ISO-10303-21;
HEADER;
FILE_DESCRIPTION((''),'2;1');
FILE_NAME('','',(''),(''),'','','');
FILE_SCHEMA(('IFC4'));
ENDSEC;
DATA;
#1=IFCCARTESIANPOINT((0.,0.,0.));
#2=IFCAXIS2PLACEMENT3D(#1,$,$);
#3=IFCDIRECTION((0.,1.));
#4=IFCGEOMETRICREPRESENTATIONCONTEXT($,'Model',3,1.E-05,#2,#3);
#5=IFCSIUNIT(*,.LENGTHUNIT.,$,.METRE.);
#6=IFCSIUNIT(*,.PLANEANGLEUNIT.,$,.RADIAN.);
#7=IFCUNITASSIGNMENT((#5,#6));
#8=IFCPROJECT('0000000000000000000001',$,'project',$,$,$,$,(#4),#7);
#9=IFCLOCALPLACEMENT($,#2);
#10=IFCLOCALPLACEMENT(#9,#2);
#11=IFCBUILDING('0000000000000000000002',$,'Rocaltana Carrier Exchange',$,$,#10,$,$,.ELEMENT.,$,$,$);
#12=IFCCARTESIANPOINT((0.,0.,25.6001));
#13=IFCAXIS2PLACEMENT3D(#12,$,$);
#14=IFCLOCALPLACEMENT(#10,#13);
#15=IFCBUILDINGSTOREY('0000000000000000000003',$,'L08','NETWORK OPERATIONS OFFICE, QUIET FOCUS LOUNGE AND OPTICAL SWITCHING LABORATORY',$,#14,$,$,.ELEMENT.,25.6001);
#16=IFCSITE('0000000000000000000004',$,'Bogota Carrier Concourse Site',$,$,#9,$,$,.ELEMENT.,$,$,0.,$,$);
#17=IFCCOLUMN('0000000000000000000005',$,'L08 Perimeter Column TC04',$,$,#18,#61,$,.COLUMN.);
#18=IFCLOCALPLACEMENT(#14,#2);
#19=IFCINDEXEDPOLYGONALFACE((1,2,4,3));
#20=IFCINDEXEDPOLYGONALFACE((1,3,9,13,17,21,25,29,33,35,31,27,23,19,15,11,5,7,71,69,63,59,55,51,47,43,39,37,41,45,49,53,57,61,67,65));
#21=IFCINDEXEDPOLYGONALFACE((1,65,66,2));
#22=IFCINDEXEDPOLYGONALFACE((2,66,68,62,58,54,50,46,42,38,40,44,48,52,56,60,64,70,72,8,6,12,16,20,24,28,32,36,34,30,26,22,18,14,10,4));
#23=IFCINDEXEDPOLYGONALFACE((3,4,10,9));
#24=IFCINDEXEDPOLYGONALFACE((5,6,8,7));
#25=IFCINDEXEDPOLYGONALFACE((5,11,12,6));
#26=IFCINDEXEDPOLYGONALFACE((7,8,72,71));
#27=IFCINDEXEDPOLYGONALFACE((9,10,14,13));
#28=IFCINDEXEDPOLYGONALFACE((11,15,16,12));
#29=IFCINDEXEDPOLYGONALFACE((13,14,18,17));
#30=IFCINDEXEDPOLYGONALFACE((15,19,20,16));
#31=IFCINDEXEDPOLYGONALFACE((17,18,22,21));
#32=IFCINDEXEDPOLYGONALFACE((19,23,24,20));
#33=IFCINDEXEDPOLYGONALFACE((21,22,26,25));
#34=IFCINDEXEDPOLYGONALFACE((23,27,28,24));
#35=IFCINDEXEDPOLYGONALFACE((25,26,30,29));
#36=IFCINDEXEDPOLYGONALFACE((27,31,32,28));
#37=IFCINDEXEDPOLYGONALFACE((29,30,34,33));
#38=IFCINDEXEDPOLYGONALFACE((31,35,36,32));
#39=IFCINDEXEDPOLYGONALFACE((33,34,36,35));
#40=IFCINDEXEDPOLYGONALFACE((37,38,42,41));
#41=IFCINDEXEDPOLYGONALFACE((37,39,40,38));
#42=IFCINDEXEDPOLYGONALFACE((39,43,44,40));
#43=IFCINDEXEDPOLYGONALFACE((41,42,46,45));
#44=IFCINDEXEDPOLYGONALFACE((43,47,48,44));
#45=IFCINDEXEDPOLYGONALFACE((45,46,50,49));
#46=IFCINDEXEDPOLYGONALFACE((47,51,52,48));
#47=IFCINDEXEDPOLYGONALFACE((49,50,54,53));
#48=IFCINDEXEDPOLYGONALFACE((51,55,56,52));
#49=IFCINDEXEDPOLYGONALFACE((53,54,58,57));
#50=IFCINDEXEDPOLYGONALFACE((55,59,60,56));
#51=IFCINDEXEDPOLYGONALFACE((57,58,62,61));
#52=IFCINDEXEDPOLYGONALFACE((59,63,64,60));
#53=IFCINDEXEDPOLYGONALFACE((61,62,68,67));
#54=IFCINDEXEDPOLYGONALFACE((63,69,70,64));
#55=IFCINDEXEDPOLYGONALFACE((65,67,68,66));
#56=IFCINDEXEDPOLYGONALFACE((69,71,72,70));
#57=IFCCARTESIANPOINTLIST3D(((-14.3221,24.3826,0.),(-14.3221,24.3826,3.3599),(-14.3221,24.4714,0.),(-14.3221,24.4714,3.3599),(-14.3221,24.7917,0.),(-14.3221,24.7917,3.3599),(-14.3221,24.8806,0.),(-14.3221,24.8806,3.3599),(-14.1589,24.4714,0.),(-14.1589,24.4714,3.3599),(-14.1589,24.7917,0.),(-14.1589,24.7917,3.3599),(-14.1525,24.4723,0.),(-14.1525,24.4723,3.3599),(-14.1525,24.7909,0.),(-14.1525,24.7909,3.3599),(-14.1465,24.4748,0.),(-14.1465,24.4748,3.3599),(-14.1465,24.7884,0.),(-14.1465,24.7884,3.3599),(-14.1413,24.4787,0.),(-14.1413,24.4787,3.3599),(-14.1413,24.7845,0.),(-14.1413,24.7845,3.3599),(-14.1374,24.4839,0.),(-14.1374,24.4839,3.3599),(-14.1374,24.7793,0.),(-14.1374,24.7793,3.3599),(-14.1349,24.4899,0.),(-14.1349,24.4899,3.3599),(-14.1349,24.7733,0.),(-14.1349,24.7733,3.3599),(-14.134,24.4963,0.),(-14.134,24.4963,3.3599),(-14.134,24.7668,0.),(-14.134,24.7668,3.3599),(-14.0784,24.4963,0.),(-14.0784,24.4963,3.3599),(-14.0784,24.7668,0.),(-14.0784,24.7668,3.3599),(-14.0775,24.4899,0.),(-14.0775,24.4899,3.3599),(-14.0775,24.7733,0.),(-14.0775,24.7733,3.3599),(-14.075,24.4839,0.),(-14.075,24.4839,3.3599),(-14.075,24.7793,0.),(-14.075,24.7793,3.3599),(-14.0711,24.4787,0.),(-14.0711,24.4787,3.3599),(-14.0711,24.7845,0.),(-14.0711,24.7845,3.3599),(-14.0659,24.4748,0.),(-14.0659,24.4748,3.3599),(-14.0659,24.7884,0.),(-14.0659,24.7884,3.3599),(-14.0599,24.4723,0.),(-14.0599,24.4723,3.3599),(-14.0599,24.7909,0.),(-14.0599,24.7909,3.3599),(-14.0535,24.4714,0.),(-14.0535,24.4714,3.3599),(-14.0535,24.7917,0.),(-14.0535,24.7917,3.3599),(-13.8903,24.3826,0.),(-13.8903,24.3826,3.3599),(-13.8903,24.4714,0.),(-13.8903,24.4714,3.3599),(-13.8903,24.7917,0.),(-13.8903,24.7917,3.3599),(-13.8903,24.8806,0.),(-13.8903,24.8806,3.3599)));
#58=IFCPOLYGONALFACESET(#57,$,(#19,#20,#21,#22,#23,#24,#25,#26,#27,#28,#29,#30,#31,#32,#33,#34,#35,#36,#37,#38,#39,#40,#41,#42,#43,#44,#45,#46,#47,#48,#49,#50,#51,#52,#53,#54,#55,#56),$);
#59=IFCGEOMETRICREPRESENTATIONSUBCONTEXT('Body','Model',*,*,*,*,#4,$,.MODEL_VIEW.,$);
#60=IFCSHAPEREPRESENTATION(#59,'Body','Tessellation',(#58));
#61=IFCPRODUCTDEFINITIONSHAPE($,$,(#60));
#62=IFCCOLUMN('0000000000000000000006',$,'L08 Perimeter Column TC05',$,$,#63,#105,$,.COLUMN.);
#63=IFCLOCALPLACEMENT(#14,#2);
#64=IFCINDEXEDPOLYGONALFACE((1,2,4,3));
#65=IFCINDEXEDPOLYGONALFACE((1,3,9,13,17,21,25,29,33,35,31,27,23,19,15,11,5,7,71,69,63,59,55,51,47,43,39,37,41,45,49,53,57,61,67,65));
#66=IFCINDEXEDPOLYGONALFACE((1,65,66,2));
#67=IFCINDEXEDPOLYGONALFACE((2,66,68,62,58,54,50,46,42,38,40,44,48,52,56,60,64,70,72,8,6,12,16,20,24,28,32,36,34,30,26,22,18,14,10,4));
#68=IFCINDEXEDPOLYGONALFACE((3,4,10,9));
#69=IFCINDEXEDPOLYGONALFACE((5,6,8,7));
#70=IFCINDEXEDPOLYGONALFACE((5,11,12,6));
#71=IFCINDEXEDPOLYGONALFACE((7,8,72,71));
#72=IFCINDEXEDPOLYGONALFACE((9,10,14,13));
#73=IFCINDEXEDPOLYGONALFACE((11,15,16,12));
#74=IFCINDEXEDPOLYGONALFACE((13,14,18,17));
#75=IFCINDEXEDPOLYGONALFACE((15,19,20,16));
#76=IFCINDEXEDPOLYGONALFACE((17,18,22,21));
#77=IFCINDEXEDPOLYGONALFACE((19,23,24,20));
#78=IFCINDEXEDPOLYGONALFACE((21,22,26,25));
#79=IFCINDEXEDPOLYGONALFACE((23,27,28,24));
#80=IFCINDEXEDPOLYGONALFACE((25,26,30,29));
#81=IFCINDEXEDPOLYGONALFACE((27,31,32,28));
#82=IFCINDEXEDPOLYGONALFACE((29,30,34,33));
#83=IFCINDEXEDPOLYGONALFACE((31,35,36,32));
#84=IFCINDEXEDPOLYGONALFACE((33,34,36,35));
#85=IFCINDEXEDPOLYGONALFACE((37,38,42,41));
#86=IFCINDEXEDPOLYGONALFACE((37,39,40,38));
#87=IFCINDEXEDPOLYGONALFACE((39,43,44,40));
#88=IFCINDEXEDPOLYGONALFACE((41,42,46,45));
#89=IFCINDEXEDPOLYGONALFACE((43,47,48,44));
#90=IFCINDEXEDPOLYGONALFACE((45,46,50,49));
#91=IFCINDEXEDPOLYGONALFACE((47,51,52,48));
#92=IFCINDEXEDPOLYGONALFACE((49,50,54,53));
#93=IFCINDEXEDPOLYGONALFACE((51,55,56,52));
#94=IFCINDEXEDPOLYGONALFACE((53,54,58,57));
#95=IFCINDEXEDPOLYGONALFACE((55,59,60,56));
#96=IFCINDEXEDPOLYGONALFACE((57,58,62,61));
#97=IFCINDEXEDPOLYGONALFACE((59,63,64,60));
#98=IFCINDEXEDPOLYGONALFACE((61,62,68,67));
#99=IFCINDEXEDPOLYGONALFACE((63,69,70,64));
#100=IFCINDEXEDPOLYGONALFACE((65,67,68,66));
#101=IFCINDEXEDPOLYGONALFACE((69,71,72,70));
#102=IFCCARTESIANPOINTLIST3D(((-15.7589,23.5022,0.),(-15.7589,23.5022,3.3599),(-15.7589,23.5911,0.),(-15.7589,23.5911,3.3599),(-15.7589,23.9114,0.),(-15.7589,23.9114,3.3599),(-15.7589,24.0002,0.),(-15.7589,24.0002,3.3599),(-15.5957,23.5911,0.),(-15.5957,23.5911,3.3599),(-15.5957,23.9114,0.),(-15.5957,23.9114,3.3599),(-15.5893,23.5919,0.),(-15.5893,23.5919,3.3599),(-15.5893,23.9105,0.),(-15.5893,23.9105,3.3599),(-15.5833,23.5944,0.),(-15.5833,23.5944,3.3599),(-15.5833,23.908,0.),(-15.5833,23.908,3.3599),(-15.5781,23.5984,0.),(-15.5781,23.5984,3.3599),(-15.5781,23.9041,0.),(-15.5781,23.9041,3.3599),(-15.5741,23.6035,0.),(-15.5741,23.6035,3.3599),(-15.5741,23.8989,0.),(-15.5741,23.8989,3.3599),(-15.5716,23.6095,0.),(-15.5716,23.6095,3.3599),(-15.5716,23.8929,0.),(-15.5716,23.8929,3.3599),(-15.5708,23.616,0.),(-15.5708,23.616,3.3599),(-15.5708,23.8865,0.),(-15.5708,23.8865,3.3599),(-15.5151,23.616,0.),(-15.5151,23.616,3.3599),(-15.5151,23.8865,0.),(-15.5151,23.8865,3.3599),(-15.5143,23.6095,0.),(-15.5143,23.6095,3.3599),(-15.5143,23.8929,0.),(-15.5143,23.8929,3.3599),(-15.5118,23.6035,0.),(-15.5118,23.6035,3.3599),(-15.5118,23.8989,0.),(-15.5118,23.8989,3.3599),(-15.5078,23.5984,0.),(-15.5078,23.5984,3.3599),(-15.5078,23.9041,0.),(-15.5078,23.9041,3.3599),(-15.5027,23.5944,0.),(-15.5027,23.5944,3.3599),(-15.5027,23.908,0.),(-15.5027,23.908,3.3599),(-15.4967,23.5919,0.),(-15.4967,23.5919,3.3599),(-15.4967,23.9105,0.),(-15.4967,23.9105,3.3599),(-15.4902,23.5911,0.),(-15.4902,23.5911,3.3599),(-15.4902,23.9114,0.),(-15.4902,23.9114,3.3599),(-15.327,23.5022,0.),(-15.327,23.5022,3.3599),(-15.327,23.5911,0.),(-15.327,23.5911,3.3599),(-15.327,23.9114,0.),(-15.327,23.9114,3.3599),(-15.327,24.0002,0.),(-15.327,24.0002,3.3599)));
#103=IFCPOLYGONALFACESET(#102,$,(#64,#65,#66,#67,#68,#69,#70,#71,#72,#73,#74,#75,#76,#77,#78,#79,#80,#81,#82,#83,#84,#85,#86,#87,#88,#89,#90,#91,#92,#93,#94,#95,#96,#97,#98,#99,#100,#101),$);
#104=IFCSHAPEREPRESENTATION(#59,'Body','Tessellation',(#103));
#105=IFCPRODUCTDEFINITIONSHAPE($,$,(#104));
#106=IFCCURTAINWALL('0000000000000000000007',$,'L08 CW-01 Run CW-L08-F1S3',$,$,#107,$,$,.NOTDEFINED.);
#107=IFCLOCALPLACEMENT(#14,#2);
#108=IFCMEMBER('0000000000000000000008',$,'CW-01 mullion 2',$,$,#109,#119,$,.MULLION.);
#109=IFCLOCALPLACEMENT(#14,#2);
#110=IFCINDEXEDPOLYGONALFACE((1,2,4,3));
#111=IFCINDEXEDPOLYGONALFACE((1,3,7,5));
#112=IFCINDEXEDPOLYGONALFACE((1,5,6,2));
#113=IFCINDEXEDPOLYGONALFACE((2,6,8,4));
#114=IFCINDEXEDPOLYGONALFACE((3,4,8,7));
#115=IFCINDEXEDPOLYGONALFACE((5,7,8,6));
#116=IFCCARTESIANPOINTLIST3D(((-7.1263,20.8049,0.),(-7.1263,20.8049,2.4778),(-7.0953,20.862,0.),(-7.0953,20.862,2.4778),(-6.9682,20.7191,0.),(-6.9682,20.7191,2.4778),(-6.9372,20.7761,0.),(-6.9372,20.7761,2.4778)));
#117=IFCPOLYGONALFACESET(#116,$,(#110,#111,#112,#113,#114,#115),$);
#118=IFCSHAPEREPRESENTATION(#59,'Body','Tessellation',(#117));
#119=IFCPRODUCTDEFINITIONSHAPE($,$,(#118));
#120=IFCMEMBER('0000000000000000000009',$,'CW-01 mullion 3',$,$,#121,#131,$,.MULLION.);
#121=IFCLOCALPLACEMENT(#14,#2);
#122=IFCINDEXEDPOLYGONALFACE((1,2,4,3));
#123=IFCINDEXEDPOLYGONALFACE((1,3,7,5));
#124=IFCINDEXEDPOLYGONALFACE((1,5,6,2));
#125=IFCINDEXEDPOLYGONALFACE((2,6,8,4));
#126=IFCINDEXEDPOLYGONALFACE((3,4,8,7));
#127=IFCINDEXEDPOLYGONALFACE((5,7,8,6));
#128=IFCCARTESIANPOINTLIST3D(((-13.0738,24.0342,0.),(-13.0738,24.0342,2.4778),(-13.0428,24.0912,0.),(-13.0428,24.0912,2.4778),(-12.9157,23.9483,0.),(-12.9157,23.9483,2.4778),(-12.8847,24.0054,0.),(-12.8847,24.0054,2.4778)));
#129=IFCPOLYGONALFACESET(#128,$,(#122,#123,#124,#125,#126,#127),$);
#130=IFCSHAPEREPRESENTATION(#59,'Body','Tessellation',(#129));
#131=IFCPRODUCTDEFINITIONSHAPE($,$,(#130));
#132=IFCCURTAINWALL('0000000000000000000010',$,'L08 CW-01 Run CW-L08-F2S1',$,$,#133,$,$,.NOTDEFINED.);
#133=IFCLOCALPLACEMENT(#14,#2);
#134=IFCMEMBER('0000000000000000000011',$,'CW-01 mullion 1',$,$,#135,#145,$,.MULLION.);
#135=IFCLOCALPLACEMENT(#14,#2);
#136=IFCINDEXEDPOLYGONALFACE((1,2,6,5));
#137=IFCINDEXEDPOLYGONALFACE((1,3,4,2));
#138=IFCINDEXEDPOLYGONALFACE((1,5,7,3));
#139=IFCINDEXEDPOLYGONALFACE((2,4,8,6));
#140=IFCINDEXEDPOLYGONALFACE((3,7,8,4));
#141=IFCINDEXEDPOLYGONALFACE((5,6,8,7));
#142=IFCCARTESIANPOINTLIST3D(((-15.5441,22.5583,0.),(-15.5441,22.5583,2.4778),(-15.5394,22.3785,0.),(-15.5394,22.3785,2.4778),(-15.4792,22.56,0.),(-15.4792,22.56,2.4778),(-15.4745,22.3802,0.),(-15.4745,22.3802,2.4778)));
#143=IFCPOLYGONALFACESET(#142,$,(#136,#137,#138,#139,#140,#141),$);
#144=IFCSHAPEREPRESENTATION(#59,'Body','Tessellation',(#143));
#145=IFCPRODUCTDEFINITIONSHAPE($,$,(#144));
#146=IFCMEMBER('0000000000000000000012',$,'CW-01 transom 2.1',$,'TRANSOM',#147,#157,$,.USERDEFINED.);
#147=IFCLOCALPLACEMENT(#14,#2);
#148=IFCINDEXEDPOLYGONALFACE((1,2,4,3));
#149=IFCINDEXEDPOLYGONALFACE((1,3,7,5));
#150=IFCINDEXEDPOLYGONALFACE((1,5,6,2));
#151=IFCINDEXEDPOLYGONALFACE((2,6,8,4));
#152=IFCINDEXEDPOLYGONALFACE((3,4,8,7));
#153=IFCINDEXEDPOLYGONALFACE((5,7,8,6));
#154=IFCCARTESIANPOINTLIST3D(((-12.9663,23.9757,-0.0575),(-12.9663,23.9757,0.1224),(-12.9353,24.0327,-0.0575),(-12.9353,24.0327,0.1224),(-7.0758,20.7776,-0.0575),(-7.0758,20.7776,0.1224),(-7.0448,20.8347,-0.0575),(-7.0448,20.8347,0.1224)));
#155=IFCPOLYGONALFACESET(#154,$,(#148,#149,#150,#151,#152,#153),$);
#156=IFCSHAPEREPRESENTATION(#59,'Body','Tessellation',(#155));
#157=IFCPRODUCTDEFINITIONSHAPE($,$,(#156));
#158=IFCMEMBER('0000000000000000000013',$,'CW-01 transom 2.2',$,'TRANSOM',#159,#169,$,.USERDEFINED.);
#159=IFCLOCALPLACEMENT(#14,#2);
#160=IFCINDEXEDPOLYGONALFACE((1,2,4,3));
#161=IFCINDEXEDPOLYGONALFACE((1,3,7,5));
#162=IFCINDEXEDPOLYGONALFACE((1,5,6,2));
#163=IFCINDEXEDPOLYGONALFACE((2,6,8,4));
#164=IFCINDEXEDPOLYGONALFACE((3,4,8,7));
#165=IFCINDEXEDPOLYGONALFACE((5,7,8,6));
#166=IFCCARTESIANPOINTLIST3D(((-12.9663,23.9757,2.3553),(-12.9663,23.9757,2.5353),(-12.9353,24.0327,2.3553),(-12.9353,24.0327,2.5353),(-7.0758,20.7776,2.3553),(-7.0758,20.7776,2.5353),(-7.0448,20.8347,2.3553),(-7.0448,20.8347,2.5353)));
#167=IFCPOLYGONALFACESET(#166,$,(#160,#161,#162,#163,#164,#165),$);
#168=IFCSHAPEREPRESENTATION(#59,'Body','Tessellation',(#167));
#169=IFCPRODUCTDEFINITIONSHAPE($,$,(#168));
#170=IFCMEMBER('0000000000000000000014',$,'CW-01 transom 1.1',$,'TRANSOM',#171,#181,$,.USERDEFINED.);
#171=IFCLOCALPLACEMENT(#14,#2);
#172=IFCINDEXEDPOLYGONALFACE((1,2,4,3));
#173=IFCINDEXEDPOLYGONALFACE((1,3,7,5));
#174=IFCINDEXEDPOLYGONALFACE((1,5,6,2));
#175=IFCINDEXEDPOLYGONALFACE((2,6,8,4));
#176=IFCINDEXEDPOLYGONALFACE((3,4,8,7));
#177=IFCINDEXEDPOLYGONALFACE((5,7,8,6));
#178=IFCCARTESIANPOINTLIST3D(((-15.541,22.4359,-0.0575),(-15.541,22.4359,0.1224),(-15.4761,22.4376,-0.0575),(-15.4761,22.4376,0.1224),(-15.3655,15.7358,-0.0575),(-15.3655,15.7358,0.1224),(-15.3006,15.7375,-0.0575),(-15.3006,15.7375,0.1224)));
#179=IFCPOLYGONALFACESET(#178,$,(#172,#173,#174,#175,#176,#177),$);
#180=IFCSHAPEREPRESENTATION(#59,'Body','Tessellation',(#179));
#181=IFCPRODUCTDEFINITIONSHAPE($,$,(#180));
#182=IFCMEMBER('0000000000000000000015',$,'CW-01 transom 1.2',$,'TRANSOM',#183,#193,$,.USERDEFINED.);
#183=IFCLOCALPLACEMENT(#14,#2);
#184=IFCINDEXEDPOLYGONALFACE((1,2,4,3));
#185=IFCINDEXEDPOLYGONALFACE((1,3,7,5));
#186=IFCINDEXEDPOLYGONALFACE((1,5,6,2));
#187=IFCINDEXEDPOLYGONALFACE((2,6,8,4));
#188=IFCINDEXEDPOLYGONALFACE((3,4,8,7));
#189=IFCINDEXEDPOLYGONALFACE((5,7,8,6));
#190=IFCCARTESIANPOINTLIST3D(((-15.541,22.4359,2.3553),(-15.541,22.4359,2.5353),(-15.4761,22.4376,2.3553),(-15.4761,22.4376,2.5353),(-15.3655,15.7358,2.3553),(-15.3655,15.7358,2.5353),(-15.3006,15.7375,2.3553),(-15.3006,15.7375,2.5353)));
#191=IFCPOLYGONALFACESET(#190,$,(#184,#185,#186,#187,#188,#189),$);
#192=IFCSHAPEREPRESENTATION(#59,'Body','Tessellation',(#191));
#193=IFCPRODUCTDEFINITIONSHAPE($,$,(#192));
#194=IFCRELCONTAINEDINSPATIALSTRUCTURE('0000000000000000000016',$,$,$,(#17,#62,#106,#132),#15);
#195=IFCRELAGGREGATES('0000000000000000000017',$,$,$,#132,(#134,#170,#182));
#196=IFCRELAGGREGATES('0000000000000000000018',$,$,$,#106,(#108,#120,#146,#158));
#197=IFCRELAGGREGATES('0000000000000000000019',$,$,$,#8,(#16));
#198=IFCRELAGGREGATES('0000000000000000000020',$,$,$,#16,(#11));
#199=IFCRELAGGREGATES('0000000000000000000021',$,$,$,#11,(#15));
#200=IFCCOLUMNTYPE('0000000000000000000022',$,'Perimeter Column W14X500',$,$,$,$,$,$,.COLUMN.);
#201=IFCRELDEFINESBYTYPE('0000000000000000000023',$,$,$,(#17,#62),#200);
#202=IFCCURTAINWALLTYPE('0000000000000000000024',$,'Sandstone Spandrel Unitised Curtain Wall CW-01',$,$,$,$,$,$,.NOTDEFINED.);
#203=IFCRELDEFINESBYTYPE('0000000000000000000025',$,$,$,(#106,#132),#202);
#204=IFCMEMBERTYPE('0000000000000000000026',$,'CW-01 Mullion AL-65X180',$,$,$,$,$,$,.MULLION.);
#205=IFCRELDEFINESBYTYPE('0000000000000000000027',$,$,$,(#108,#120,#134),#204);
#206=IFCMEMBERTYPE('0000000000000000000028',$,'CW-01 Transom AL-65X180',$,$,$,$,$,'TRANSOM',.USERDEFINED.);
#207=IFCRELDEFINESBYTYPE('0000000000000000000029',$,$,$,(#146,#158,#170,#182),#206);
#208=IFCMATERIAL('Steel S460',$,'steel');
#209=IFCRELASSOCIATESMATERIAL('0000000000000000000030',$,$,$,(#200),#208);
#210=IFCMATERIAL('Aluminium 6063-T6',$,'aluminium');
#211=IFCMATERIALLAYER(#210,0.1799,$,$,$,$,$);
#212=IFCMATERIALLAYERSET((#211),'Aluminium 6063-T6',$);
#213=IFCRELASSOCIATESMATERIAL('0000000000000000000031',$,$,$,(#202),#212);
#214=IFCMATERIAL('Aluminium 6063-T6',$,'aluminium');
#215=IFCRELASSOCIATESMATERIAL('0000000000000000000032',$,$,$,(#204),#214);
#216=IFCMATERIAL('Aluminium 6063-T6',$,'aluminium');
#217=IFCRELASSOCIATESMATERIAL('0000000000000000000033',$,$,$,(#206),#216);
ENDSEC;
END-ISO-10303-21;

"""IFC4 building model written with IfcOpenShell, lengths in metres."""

from ifc_helpers import new_model, si_unit, direction, frame, origin, origin_2d, place, context, subcontext, project, spatial, rectangle, i_section, extrude, material, layer, layer_set, material_profile, profile_set, type_object, element, aggregate, save


model = new_model("IFC4")

# Units and contexts
model_context = context("Model", 3, precision=1e-05, world=origin(), true_north=direction((0.0, 1.0)))
body_context = subcontext(model_context, "Body", "Model", "MODEL_VIEW")
ifc_project = project(units=[si_unit("LENGTHUNIT", "METRE"), si_unit("PLANEANGLEUNIT", "RADIAN")], contexts=[model_context])

# Site, building, storey
site_placement = place(None, origin())
site = spatial("IfcSite", under=ifc_project, at=site_placement, Name="Bogota Carrier Concourse Site", CompositionType="ELEMENT", RefElevation=0.0)
building_placement = place(site_placement, origin())
building = spatial("IfcBuilding", under=site, at=building_placement, Name="Rocaltana Carrier Exchange", CompositionType="ELEMENT")
storey_placement = place(building_placement, frame((0.0, 0.0, 25.6001)))
storey = spatial("IfcBuildingStorey", under=building, at=storey_placement, Name="L08", Description="NETWORK OPERATIONS OFFICE, QUIET FOCUS LOUNGE AND OPTICAL SWITCHING LABORATORY", CompositionType="ELEMENT", Elevation=25.6001)

# Columns
ifc_material_1 = material(Name="Steel S460", Category="steel")
ifc_material_profile_1 = material_profile(ifc_material_1, i_section(OverallWidth=0.4319, OverallDepth=0.498, WebThickness=0.0557, FlangeThickness=0.0889, FilletRadius=0.0249, at=origin_2d()), Name="W14X500")
ifc_profile_set_1 = profile_set([ifc_material_profile_1], Name="Steel S460")
column_type = type_object("IfcColumnType", Name="Perimeter Column W14X500", PredefinedType="COLUMN", material=ifc_profile_set_1)
for number, where, z_axis, x_axis, name in (
    (1, (-14.1062, 24.6316, 0.0), (0.0, 0.0, 1.0), (1.0, 0.0, 0.0), "L08 Perimeter Column TC04"),
    (2, (-15.543, 23.7512, 0.0), (0.0, 0.0, 1.0), (1.0, 0.0, 0.0), "L08 Perimeter Column TC05"),
):
    element("IfcColumn", number, at=place(storey_placement, frame(where, z_axis=z_axis, x_axis=x_axis)), inside=storey, type_object=column_type, Name=name, PredefinedType="COLUMN", context=body_context, shape_type="SweptSolid", body=[
        extrude(i_section(OverallWidth=0.4319, OverallDepth=0.498, WebThickness=0.0557, FlangeThickness=0.0889, FilletRadius=0.0249, at=origin_2d()), origin(), (0.0, 0.0, 1.0), 3.3599),
    ])

# Curtain wall, members
ifc_material_2 = material(Name="Aluminium 6063-T6", Category="aluminium")
ifc_layer_1 = layer(ifc_material_2, 0.1799)
ifc_layer_set_1 = layer_set([ifc_layer_1], Name="Aluminium 6063-T6")
curtain_wall_type = type_object("IfcCurtainWallType", Name="Sandstone Spandrel Unitised Curtain Wall CW-01", PredefinedType="NOTDEFINED", material=ifc_layer_set_1)
curtain_wall_1_placement = place(storey_placement, origin())
curtain_wall_1 = element("IfcCurtainWall", 3, at=curtain_wall_1_placement, inside=storey, type_object=curtain_wall_type, Name="L08 CW-01 Run CW-L08-F1S3", PredefinedType="NOTDEFINED")
ifc_material_3 = material(Name="Aluminium 6063-T6", Category="aluminium")
ifc_material_profile_2 = material_profile(ifc_material_3, rectangle(XDim=0.0649, YDim=0.1799, at=origin_2d()), Name="AL-65X180")
ifc_profile_set_2 = profile_set([ifc_material_profile_2], Name="Aluminium 6063-T6")
member_type_1 = type_object("IfcMemberType", Name="CW-01 Mullion AL-65X180", PredefinedType="MULLION", material=ifc_profile_set_2)
member_1_placement = place(storey_placement, frame((-7.0317, 20.7905, 0.0), z_axis=(0.0, 0.0, 1.0), x_axis=(-0.477156, -0.878819, 0.0)))
member_1 = element("IfcMember", 4, at=member_1_placement, type_object=member_type_1, Name="CW-01 mullion 2", PredefinedType="MULLION", context=body_context, shape_type="SweptSolid", body=[
    extrude(rectangle(XDim=0.0649, YDim=0.1799, at=origin_2d()), origin(), (0.0, 0.0, 1.0), 2.4778),
])
member_2_placement = place(storey_placement, frame((-12.9792, 24.0198, 0.0), z_axis=(0.0, 0.0, 1.0), x_axis=(-0.477156, -0.878819, 0.0)))
member_2 = element("IfcMember", 5, at=member_2_placement, type_object=member_type_1, Name="CW-01 mullion 3", PredefinedType="MULLION", context=body_context, shape_type="SweptSolid", body=[
    extrude(rectangle(XDim=0.0649, YDim=0.1799, at=origin_2d()), origin(), (0.0, 0.0, 1.0), 2.4778),
])

# Curtain wall, member
curtain_wall_2_placement = place(storey_placement, origin())
curtain_wall_2 = element("IfcCurtainWall", 6, at=curtain_wall_2_placement, inside=storey, type_object=curtain_wall_type, Name="L08 CW-01 Run CW-L08-F2S1", PredefinedType="NOTDEFINED")
member_3_placement = place(storey_placement, frame((-15.5093, 22.4692, 0.0), z_axis=(0.0, 0.0, 1.0), x_axis=(0.999657, 0.026184, 0.0)))
member_3 = element("IfcMember", 7, at=member_3_placement, type_object=member_type_1, Name="CW-01 mullion 1", PredefinedType="MULLION", context=body_context, shape_type="SweptSolid", body=[
    extrude(rectangle(XDim=0.0649, YDim=0.1799, at=origin_2d()), origin(), (0.0, 0.0, 1.0), 2.4778),
])

# Members
ifc_material_4 = material(Name="Aluminium 6063-T6", Category="aluminium")
ifc_material_profile_3 = material_profile(ifc_material_4, rectangle(XDim=0.0649, YDim=0.1799, at=origin_2d()), Name="AL-65X180")
ifc_profile_set_3 = profile_set([ifc_material_profile_3], Name="Aluminium 6063-T6")
member_type_2 = type_object("IfcMemberType", Name="CW-01 Transom AL-65X180", ElementType="TRANSOM", PredefinedType="USERDEFINED", material=ifc_profile_set_3)
member_4_placement = place(storey_placement, frame((-7.0603, 20.8062, 0.0325), z_axis=(-0.878831, 0.477134, 0.0), x_axis=(-0.477134, -0.878831, 0.0)))
member_4 = element("IfcMember", 8, at=member_4_placement, type_object=member_type_2, Name="CW-01 transom 2.1", ObjectType="TRANSOM", PredefinedType="USERDEFINED", context=body_context, shape_type="SweptSolid", body=[
    extrude(rectangle(XDim=0.0649, YDim=0.1799, at=origin_2d()), origin(), (0.0, 0.0, 1.0), 6.7026),
])
member_5_placement = place(storey_placement, frame((-7.0603, 20.8062, 2.4453), z_axis=(-0.878831, 0.477134, 0.0), x_axis=(-0.477134, -0.878831, 0.0)))
member_5 = element("IfcMember", 9, at=member_5_placement, type_object=member_type_2, Name="CW-01 transom 2.2", ObjectType="TRANSOM", PredefinedType="USERDEFINED", context=body_context, shape_type="SweptSolid", body=[
    extrude(rectangle(XDim=0.0649, YDim=0.1799, at=origin_2d()), origin(), (0.0, 0.0, 1.0), 6.7026),
])
member_6_placement = place(storey_placement, frame((-15.5085, 22.4368, 0.0325), z_axis=(0.02619, -0.999657, 0.0), x_axis=(0.999657, 0.02619, 0.0)))
member_6 = element("IfcMember", 10, at=member_6_placement, type_object=member_type_2, Name="CW-01 transom 1.1", ObjectType="TRANSOM", PredefinedType="USERDEFINED", context=body_context, shape_type="SweptSolid", body=[
    extrude(rectangle(XDim=0.0649, YDim=0.1799, at=origin_2d()), origin(), (0.0, 0.0, 1.0), 6.7024),
])
member_7_placement = place(storey_placement, frame((-15.5085, 22.4368, 2.4453), z_axis=(0.02619, -0.999657, 0.0), x_axis=(0.999657, 0.02619, 0.0)))
member_7 = element("IfcMember", 11, at=member_7_placement, type_object=member_type_2, Name="CW-01 transom 1.2", ObjectType="TRANSOM", PredefinedType="USERDEFINED", context=body_context, shape_type="SweptSolid", body=[
    extrude(rectangle(XDim=0.0649, YDim=0.1799, at=origin_2d()), origin(), (0.0, 0.0, 1.0), 6.7024),
])
aggregate(curtain_wall_2, [member_3, member_6, member_7])

aggregate(curtain_wall_1, [member_1, member_2, member_4, member_5])

save(model, "model.ifc")
